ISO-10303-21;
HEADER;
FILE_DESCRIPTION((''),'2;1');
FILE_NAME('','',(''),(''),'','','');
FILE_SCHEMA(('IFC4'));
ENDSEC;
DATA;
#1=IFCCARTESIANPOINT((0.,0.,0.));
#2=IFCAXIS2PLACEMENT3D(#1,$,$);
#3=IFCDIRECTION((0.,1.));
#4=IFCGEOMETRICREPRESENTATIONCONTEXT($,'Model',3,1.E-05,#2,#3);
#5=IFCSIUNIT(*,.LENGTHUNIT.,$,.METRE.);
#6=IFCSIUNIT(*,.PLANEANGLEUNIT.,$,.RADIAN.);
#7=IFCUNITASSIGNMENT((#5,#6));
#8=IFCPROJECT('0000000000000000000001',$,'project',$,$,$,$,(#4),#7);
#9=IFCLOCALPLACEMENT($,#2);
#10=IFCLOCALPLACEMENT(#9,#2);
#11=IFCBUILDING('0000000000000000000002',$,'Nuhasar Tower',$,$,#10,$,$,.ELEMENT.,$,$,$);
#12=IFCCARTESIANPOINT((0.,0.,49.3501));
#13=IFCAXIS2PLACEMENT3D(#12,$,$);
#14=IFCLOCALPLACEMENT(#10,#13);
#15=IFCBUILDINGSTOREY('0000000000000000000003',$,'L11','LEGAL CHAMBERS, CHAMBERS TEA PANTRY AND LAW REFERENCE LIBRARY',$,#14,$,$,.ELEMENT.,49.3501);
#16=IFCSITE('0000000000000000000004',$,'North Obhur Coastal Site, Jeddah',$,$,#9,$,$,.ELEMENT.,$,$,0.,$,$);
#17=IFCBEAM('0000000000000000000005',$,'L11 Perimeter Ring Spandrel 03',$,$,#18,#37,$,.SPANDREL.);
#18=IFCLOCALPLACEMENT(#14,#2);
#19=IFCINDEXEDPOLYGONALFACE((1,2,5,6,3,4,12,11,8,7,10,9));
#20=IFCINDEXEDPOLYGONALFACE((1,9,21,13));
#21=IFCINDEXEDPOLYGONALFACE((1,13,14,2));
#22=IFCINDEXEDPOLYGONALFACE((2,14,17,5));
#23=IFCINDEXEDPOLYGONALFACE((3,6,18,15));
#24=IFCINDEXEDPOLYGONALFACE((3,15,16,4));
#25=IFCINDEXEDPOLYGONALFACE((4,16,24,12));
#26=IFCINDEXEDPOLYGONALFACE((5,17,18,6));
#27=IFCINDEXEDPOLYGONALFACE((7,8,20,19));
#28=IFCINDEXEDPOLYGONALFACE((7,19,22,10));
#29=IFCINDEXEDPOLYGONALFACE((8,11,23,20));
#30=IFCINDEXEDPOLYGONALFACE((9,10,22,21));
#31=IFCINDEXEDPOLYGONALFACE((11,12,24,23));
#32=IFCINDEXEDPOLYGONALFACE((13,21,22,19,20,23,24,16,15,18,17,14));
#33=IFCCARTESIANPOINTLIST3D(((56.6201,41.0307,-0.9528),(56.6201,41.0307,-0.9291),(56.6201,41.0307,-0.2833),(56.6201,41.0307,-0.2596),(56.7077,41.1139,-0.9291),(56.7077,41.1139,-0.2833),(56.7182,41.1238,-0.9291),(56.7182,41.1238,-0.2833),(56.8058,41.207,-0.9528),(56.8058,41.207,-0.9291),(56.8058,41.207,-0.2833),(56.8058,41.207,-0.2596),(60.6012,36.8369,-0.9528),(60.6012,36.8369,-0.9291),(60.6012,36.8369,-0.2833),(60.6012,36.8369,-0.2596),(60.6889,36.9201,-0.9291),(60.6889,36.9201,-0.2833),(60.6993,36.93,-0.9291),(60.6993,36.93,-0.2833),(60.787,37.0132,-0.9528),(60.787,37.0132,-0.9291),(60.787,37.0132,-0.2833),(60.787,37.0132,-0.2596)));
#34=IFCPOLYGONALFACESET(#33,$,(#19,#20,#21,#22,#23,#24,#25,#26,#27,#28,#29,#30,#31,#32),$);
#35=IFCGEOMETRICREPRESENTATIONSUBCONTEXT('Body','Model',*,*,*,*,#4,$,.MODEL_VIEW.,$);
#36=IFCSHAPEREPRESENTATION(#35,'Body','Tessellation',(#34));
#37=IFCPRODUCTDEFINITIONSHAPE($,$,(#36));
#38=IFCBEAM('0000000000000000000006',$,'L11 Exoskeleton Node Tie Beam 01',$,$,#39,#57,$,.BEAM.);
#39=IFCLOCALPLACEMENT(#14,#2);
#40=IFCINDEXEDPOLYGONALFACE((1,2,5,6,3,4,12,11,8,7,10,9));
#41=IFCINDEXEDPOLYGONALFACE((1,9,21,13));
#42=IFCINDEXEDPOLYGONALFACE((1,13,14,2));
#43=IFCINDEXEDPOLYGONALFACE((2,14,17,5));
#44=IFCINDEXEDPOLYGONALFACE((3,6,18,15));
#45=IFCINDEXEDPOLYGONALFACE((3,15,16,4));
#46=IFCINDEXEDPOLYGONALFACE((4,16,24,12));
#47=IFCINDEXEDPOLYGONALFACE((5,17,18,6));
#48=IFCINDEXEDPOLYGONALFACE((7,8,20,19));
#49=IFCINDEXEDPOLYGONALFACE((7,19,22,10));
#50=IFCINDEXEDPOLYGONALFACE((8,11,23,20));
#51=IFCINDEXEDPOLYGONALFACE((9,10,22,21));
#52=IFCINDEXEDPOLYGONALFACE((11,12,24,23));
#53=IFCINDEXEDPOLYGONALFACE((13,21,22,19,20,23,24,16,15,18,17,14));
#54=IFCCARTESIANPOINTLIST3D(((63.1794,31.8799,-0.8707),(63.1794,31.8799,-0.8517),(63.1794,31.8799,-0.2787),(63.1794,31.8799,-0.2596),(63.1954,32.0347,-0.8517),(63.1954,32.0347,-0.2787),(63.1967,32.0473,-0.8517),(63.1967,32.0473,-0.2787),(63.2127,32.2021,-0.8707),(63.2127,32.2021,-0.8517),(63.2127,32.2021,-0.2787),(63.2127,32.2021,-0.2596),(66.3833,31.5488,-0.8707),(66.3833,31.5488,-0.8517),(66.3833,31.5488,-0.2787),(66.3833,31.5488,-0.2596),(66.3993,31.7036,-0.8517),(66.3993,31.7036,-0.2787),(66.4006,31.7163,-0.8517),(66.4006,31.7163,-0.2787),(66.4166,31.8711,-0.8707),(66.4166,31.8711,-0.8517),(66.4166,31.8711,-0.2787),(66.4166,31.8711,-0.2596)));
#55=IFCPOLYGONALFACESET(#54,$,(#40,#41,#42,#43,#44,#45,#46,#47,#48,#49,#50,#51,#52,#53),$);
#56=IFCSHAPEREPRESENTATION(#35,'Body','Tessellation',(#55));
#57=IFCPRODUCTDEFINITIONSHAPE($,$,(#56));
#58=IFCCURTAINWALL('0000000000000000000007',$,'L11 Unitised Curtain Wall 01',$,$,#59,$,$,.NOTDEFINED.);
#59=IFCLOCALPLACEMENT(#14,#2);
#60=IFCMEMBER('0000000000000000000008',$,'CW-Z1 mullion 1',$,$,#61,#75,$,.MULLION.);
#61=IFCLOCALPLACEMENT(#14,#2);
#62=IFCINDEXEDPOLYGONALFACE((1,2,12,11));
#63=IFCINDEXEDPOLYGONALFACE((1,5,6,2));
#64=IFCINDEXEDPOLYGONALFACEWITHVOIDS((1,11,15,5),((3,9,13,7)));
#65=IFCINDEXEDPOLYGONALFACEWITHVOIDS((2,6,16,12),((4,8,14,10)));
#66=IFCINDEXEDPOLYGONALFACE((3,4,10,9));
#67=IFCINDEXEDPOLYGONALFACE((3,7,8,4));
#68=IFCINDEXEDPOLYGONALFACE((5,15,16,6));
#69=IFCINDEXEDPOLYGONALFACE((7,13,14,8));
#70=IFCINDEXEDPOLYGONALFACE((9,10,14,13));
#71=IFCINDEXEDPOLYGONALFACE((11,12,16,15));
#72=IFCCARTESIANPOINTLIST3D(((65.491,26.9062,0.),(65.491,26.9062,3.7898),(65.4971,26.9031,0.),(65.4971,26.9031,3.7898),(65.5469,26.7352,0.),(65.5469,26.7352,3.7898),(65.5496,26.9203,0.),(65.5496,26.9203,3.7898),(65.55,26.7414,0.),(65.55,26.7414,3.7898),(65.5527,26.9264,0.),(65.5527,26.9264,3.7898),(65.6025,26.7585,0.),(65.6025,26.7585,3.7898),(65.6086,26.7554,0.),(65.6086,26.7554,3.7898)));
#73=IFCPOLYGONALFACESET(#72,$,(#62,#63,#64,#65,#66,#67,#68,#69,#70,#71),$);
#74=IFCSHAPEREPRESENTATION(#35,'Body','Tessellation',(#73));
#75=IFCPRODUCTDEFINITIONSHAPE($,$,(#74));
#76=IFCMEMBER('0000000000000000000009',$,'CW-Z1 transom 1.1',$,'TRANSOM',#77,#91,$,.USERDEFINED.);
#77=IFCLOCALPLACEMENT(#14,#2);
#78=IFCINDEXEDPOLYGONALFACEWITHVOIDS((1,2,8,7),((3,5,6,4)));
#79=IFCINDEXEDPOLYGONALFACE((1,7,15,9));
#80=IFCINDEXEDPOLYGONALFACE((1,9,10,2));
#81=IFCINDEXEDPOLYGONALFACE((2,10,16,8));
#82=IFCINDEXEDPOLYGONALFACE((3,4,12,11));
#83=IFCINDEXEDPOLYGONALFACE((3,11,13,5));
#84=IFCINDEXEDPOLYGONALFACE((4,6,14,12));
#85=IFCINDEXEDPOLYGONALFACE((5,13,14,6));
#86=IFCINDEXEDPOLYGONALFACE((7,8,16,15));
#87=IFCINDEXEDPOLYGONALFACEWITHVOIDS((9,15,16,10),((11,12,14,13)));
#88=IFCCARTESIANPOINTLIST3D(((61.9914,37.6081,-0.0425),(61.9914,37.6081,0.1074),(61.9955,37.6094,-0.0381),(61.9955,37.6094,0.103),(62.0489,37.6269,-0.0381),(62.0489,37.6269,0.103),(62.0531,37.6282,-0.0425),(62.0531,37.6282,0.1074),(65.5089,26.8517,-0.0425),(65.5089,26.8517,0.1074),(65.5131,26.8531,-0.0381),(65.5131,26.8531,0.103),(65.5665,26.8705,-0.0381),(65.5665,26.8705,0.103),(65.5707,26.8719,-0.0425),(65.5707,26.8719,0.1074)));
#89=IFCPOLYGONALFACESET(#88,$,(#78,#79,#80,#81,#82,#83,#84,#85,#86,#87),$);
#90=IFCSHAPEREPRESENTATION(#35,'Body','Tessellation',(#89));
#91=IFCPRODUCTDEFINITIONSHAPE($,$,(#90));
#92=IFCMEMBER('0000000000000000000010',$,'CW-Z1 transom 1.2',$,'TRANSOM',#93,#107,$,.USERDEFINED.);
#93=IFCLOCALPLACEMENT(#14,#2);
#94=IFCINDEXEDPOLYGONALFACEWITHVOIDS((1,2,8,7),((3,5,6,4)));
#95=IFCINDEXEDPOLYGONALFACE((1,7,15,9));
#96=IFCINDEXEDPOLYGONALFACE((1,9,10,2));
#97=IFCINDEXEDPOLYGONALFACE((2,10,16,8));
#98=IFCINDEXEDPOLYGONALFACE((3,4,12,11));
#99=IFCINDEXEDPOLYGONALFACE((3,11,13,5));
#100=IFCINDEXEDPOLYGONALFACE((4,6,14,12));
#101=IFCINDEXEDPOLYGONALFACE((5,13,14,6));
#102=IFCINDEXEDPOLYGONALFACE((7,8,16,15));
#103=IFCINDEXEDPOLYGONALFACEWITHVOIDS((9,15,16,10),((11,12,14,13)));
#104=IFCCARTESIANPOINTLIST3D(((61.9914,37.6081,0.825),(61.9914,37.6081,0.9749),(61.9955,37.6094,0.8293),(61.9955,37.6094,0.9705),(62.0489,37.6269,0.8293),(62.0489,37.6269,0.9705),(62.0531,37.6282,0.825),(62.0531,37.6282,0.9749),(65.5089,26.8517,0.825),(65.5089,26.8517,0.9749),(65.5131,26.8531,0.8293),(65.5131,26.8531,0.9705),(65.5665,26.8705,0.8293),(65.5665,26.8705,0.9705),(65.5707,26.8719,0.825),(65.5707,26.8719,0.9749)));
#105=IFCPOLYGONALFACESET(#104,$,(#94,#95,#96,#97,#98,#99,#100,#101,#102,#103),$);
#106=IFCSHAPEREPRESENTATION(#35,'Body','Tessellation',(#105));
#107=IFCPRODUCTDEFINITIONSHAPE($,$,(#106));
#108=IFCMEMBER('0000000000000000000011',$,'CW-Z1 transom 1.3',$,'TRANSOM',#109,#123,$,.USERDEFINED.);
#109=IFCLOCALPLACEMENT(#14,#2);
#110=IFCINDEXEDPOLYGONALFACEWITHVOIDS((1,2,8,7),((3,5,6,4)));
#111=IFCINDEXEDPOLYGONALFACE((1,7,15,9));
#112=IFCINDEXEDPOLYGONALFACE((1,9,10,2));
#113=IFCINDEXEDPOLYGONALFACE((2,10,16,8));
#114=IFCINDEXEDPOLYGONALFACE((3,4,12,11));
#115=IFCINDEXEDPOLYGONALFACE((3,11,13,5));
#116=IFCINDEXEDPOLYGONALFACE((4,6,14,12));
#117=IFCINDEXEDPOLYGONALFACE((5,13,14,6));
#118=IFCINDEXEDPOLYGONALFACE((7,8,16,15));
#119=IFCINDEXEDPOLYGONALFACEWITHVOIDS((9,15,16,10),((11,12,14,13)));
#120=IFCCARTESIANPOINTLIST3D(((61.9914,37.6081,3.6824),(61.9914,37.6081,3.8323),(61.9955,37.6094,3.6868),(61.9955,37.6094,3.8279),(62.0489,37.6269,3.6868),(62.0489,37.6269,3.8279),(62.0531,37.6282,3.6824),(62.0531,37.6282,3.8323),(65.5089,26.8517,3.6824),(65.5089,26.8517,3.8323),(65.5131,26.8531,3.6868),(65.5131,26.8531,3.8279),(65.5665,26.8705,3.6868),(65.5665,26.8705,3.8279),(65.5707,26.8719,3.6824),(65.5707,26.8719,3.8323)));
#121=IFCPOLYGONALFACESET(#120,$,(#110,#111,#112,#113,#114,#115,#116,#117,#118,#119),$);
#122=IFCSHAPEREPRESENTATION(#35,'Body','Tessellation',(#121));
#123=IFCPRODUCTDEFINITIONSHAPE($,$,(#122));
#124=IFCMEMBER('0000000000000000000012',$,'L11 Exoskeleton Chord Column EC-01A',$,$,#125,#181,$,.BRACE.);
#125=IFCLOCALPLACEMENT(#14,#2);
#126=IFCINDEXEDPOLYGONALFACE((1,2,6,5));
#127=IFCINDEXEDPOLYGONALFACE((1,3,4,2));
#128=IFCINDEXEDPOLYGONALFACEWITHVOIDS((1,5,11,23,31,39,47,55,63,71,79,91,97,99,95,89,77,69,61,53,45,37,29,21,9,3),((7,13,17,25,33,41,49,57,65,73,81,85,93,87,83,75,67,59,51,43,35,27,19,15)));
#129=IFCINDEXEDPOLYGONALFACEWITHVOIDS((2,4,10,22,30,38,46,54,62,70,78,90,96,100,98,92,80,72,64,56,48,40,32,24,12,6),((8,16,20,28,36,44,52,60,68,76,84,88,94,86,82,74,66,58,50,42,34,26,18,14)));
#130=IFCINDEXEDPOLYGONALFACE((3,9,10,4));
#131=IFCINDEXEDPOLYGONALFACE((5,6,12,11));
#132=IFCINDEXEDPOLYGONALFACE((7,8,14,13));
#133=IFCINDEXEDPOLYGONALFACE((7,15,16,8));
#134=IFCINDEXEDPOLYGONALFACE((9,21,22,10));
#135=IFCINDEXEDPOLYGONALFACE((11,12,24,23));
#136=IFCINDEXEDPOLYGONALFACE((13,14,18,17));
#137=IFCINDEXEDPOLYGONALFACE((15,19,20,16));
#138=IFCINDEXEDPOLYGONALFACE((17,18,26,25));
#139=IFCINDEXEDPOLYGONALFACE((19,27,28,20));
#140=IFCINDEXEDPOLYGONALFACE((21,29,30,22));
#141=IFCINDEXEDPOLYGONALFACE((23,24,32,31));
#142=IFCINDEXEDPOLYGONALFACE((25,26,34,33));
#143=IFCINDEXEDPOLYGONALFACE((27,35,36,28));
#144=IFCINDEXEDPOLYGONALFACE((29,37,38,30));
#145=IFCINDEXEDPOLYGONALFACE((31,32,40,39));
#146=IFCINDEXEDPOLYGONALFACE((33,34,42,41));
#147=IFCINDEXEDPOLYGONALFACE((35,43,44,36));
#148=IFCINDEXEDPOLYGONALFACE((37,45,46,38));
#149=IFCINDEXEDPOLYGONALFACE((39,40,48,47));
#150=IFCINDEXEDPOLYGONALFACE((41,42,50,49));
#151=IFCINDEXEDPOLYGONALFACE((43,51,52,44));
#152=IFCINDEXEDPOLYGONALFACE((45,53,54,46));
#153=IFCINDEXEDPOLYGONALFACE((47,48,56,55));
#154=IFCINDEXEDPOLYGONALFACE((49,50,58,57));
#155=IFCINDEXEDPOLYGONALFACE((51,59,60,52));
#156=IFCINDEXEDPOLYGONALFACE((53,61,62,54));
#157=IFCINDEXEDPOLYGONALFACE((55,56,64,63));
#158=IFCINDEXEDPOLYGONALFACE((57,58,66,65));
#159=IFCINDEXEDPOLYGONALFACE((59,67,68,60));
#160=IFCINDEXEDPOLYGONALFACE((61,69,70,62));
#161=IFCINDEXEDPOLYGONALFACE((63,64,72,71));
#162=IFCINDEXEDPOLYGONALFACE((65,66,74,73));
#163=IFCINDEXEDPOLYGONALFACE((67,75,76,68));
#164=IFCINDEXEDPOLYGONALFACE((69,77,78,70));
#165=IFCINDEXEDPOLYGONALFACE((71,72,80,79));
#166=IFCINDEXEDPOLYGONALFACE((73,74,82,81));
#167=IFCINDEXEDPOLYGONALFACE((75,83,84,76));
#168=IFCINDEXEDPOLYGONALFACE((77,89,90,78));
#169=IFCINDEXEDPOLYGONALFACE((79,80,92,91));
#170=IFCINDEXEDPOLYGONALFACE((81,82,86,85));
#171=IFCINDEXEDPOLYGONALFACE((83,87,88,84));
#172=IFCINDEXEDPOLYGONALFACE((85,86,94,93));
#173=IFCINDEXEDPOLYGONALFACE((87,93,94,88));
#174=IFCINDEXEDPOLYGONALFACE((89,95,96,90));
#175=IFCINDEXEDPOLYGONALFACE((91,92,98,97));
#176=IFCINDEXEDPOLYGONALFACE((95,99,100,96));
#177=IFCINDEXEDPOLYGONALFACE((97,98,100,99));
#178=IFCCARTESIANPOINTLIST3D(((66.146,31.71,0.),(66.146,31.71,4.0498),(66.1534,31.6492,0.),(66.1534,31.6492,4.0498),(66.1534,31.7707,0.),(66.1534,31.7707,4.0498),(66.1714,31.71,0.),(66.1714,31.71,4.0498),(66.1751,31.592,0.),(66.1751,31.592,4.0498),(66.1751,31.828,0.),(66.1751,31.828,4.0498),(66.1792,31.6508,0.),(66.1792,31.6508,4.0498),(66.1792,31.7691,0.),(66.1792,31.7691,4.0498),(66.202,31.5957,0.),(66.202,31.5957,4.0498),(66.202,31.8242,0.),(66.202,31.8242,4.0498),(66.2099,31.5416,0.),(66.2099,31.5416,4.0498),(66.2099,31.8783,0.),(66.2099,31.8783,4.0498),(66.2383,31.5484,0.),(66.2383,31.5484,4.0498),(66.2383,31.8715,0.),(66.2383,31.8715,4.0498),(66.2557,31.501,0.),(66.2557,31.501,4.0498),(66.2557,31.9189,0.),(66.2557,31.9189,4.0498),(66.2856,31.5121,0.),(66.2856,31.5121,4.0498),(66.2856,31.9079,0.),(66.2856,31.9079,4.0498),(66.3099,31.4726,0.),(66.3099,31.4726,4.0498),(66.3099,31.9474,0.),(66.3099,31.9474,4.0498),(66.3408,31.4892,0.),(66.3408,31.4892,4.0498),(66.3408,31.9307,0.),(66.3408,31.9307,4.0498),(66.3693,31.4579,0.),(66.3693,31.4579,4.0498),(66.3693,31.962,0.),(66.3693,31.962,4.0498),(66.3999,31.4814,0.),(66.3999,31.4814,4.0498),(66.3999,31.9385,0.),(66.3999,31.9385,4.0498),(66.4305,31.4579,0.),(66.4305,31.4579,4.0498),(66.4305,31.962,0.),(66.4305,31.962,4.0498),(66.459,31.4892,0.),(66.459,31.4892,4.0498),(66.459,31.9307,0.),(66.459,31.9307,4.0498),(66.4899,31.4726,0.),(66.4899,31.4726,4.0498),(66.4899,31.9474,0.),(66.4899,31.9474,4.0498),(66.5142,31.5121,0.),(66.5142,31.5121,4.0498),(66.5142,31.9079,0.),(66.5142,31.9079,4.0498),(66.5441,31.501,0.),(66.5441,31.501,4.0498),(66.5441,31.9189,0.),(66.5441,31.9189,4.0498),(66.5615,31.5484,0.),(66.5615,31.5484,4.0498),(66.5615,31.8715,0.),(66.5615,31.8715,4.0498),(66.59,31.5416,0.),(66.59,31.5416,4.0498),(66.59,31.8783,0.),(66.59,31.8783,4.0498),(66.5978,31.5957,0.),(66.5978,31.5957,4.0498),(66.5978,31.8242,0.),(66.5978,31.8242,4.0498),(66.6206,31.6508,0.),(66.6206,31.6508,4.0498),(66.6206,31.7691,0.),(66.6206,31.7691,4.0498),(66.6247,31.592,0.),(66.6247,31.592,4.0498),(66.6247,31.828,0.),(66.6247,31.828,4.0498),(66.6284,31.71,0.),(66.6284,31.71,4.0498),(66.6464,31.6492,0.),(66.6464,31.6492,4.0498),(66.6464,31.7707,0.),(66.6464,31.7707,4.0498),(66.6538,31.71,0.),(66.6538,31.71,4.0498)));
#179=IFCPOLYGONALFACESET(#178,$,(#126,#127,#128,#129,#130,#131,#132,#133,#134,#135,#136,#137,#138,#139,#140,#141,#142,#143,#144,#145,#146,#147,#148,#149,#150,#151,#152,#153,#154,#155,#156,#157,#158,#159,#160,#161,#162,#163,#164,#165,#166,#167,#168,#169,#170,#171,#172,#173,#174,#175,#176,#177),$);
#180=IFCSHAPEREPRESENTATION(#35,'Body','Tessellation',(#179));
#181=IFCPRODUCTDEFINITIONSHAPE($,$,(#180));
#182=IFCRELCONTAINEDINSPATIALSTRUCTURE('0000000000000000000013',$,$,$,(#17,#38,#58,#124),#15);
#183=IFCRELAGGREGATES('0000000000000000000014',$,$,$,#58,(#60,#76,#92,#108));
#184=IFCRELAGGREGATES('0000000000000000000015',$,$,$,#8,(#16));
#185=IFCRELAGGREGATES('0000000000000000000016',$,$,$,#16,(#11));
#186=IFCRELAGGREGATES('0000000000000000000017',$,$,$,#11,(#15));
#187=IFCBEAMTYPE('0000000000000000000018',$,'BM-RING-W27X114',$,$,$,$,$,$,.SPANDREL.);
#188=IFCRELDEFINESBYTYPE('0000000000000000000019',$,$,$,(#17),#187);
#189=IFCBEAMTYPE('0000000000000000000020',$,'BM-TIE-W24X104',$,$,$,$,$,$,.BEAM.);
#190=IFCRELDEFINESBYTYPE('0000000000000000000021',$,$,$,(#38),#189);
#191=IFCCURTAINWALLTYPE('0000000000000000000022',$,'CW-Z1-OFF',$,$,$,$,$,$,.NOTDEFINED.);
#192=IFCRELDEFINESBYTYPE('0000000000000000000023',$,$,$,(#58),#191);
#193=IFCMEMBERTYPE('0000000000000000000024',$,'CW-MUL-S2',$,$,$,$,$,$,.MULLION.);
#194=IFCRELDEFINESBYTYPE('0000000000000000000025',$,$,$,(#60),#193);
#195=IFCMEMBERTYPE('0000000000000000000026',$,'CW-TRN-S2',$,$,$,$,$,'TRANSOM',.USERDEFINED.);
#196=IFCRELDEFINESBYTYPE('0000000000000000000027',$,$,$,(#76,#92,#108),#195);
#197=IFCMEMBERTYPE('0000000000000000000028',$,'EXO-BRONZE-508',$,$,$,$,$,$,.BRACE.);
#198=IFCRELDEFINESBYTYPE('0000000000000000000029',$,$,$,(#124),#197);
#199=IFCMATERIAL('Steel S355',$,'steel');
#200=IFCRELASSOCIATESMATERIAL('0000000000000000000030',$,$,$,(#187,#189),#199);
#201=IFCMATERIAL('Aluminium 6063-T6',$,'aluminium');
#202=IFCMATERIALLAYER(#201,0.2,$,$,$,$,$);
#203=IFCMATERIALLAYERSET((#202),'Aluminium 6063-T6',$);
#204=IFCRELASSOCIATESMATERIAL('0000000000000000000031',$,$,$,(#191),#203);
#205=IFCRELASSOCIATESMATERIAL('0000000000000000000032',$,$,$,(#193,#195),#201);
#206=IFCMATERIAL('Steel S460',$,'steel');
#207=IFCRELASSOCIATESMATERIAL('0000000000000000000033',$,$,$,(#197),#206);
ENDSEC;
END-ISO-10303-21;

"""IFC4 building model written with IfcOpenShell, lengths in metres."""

from ifc_helpers import new_model, si_unit, direction, frame, origin, origin_2d, place, context, subcontext, project, spatial, hollow_rectangle, hollow_circle, i_section, extrude, material, layer, layer_set, material_profile, profile_set, type_object, element, aggregate, save


model = new_model("IFC4")

# Units and contexts
model_context = context("Model", 3, precision=1e-05, world=origin(), true_north=direction((0.0, 1.0)))
body_context = subcontext(model_context, "Body", "Model", "MODEL_VIEW")
ifc_project = project(units=[si_unit("LENGTHUNIT", "METRE"), si_unit("PLANEANGLEUNIT", "RADIAN")], contexts=[model_context])

# Site, building, storey
site_placement = place(None, origin())
site = spatial("IfcSite", under=ifc_project, at=site_placement, Name="North Obhur Coastal Site, Jeddah", CompositionType="ELEMENT", RefElevation=0.0)
building_placement = place(site_placement, origin())
building = spatial("IfcBuilding", under=site, at=building_placement, Name="Nuhasar Tower", CompositionType="ELEMENT")
storey_placement = place(building_placement, frame((0.0, 0.0, 49.3501)))
storey = spatial("IfcBuildingStorey", under=building, at=storey_placement, Name="L11", Description="LEGAL CHAMBERS, CHAMBERS TEA PANTRY AND LAW REFERENCE LIBRARY", CompositionType="ELEMENT", Elevation=49.3501)

# Beams
ifc_material_1 = material(Name="Steel S355", Category="steel")
ifc_material_profile_1 = material_profile(ifc_material_1, i_section(OverallWidth=0.2561, OverallDepth=0.6931, WebThickness=0.0144, FlangeThickness=0.0237, at=origin_2d()), Name="W27X114")
ifc_profile_set_1 = profile_set([ifc_material_profile_1], Name="Steel S355")
beam_type_1 = type_object("IfcBeamType", Name="BM-RING-W27X114", PredefinedType="SPANDREL", material=ifc_profile_set_1)
beam_1_placement = place(storey_placement, frame((60.6941, 36.925, -0.6062), z_axis=(-0.688481, 0.725254, 0.0), x_axis=(-0.725254, -0.688481, 0.0)))
element("IfcBeam", 1, at=beam_1_placement, inside=storey, type_object=beam_type_1, Name="L11 Perimeter Ring Spandrel 03", PredefinedType="SPANDREL", context=body_context, shape_type="SweptSolid", body=[
    extrude(i_section(OverallWidth=0.2561, OverallDepth=0.6931, WebThickness=0.0144, FlangeThickness=0.0237, at=origin_2d()), origin(), (0.0, 0.0, 1.0), 5.7825),
])
ifc_material_profile_2 = material_profile(ifc_material_1, i_section(OverallWidth=0.324, OverallDepth=0.6111, WebThickness=0.0127, FlangeThickness=0.019, at=origin_2d()), Name="W24X104")
ifc_profile_set_2 = profile_set([ifc_material_profile_2], Name="Steel S355")
beam_type_2 = type_object("IfcBeamType", Name="BM-TIE-W24X104", PredefinedType="BEAM", material=ifc_profile_set_2)
beam_2_placement = place(storey_placement, frame((63.196, 32.041, -0.5652), z_axis=(0.994704, -0.102783, 0.0), x_axis=(0.102783, 0.994704, 0.0)))
element("IfcBeam", 2, at=beam_2_placement, inside=storey, type_object=beam_type_2, Name="L11 Exoskeleton Node Tie Beam 01", PredefinedType="BEAM", context=body_context, shape_type="SweptSolid", body=[
    extrude(i_section(OverallWidth=0.324, OverallDepth=0.6111, WebThickness=0.0127, FlangeThickness=0.019, at=origin_2d()), origin(), (0.0, 0.0, 1.0), 3.2209),
])

# Curtain wall, members
ifc_material_2 = material(Name="Aluminium 6063-T6", Category="aluminium")
ifc_layer_1 = layer(ifc_material_2, 0.2)
ifc_layer_set_1 = layer_set([ifc_layer_1], Name="Aluminium 6063-T6")
curtain_wall_type = type_object("IfcCurtainWallType", Name="CW-Z1-OFF", PredefinedType="NOTDEFINED", material=ifc_layer_set_1)
curtain_wall_placement = place(storey_placement, origin())
curtain_wall = element("IfcCurtainWall", 3, at=curtain_wall_placement, inside=storey, type_object=curtain_wall_type, Name="L11 Unitised Curtain Wall 01", PredefinedType="NOTDEFINED")
ifc_material_profile_3 = material_profile(ifc_material_2, hollow_rectangle(XDim=0.0649, YDim=0.1799, WallThickness=0.0049, at=origin_2d()), Name="CWM-2")
ifc_profile_set_3 = profile_set([ifc_material_profile_3], Name="Aluminium 6063-T6")
member_type_1 = type_object("IfcMemberType", Name="CW-MUL-S2", PredefinedType="MULLION", material=ifc_profile_set_3)
member_1_placement = place(storey_placement, frame((65.5498, 26.8308, 0.0), z_axis=(0.0, 0.0, 1.0), x_axis=(-0.950468, -0.310824, 0.0)))
member_1 = element("IfcMember", 4, at=member_1_placement, type_object=member_type_1, Name="CW-Z1 mullion 1", PredefinedType="MULLION", context=body_context, shape_type="SweptSolid", body=[
    extrude(hollow_rectangle(XDim=0.0649, YDim=0.1799, WallThickness=0.0049, at=origin_2d()), origin(), (0.0, 0.0, 1.0), 3.7898),
])
ifc_material_profile_4 = material_profile(ifc_material_2, hollow_rectangle(XDim=0.0649, YDim=0.1499, WallThickness=0.0044, at=origin_2d()), Name="CWT-2")
ifc_profile_set_4 = profile_set([ifc_material_profile_4], Name="Aluminium 6063-T6")
member_type_2 = type_object("IfcMemberType", Name="CW-TRN-S2", ElementType="TRANSOM", PredefinedType="USERDEFINED", material=ifc_profile_set_4)
member_2_placement = place(storey_placement, frame((65.5398, 26.8618, 0.0325), z_axis=(-0.310825, 0.950467, 0.0), x_axis=(-0.950467, -0.310825, 0.0)))
member_2 = element("IfcMember", 5, at=member_2_placement, type_object=member_type_2, Name="CW-Z1 transom 1.1", ObjectType="TRANSOM", PredefinedType="USERDEFINED", context=body_context, shape_type="SweptSolid", body=[
    extrude(hollow_rectangle(XDim=0.0649, YDim=0.1499, WallThickness=0.0044, at=origin_2d()), origin(), (0.0, 0.0, 1.0), 11.3169),
])
member_3_placement = place(storey_placement, frame((65.5398, 26.8618, 0.8999), z_axis=(-0.310825, 0.950467, 0.0), x_axis=(-0.950467, -0.310825, 0.0)))
member_3 = element("IfcMember", 6, at=member_3_placement, type_object=member_type_2, Name="CW-Z1 transom 1.2", ObjectType="TRANSOM", PredefinedType="USERDEFINED", context=body_context, shape_type="SweptSolid", body=[
    extrude(hollow_rectangle(XDim=0.0649, YDim=0.1499, WallThickness=0.0044, at=origin_2d()), origin(), (0.0, 0.0, 1.0), 11.3169),
])
member_4_placement = place(storey_placement, frame((65.5398, 26.8618, 3.7573), z_axis=(-0.310825, 0.950467, 0.0), x_axis=(-0.950467, -0.310825, 0.0)))
member_4 = element("IfcMember", 7, at=member_4_placement, type_object=member_type_2, Name="CW-Z1 transom 1.3", ObjectType="TRANSOM", PredefinedType="USERDEFINED", context=body_context, shape_type="SweptSolid", body=[
    extrude(hollow_rectangle(XDim=0.0649, YDim=0.1499, WallThickness=0.0044, at=origin_2d()), origin(), (0.0, 0.0, 1.0), 11.3169),
])

# Member
ifc_material_3 = material(Name="Steel S460", Category="steel")
ifc_material_profile_5 = material_profile(ifc_material_3, hollow_circle(Radius=0.2539, WallThickness=0.0254, at=origin_2d()), Name="HSS508X25.4")
ifc_profile_set_5 = profile_set([ifc_material_profile_5], Name="Steel S460")
member_type_3 = type_object("IfcMemberType", Name="EXO-BRONZE-508", PredefinedType="BRACE", material=ifc_profile_set_5)
for number, where, z_axis, x_axis, name in (
    (8, (66.3999, 31.71, 0.0), (0.0, 0.0, 1.0), (1.0, 0.0, 0.0), "L11 Exoskeleton Chord Column EC-01A"),
):
    element("IfcMember", number, at=place(storey_placement, frame(where, z_axis=z_axis, x_axis=x_axis)), inside=storey, type_object=member_type_3, Name=name, PredefinedType="BRACE", context=body_context, shape_type="SweptSolid", body=[
        extrude(hollow_circle(Radius=0.2539, WallThickness=0.0254, at=origin_2d()), origin(), (0.0, 0.0, 1.0), 4.0498),
    ])

aggregate(curtain_wall, [member_1, member_2, member_3, member_4])

save(model, "model.ifc")
